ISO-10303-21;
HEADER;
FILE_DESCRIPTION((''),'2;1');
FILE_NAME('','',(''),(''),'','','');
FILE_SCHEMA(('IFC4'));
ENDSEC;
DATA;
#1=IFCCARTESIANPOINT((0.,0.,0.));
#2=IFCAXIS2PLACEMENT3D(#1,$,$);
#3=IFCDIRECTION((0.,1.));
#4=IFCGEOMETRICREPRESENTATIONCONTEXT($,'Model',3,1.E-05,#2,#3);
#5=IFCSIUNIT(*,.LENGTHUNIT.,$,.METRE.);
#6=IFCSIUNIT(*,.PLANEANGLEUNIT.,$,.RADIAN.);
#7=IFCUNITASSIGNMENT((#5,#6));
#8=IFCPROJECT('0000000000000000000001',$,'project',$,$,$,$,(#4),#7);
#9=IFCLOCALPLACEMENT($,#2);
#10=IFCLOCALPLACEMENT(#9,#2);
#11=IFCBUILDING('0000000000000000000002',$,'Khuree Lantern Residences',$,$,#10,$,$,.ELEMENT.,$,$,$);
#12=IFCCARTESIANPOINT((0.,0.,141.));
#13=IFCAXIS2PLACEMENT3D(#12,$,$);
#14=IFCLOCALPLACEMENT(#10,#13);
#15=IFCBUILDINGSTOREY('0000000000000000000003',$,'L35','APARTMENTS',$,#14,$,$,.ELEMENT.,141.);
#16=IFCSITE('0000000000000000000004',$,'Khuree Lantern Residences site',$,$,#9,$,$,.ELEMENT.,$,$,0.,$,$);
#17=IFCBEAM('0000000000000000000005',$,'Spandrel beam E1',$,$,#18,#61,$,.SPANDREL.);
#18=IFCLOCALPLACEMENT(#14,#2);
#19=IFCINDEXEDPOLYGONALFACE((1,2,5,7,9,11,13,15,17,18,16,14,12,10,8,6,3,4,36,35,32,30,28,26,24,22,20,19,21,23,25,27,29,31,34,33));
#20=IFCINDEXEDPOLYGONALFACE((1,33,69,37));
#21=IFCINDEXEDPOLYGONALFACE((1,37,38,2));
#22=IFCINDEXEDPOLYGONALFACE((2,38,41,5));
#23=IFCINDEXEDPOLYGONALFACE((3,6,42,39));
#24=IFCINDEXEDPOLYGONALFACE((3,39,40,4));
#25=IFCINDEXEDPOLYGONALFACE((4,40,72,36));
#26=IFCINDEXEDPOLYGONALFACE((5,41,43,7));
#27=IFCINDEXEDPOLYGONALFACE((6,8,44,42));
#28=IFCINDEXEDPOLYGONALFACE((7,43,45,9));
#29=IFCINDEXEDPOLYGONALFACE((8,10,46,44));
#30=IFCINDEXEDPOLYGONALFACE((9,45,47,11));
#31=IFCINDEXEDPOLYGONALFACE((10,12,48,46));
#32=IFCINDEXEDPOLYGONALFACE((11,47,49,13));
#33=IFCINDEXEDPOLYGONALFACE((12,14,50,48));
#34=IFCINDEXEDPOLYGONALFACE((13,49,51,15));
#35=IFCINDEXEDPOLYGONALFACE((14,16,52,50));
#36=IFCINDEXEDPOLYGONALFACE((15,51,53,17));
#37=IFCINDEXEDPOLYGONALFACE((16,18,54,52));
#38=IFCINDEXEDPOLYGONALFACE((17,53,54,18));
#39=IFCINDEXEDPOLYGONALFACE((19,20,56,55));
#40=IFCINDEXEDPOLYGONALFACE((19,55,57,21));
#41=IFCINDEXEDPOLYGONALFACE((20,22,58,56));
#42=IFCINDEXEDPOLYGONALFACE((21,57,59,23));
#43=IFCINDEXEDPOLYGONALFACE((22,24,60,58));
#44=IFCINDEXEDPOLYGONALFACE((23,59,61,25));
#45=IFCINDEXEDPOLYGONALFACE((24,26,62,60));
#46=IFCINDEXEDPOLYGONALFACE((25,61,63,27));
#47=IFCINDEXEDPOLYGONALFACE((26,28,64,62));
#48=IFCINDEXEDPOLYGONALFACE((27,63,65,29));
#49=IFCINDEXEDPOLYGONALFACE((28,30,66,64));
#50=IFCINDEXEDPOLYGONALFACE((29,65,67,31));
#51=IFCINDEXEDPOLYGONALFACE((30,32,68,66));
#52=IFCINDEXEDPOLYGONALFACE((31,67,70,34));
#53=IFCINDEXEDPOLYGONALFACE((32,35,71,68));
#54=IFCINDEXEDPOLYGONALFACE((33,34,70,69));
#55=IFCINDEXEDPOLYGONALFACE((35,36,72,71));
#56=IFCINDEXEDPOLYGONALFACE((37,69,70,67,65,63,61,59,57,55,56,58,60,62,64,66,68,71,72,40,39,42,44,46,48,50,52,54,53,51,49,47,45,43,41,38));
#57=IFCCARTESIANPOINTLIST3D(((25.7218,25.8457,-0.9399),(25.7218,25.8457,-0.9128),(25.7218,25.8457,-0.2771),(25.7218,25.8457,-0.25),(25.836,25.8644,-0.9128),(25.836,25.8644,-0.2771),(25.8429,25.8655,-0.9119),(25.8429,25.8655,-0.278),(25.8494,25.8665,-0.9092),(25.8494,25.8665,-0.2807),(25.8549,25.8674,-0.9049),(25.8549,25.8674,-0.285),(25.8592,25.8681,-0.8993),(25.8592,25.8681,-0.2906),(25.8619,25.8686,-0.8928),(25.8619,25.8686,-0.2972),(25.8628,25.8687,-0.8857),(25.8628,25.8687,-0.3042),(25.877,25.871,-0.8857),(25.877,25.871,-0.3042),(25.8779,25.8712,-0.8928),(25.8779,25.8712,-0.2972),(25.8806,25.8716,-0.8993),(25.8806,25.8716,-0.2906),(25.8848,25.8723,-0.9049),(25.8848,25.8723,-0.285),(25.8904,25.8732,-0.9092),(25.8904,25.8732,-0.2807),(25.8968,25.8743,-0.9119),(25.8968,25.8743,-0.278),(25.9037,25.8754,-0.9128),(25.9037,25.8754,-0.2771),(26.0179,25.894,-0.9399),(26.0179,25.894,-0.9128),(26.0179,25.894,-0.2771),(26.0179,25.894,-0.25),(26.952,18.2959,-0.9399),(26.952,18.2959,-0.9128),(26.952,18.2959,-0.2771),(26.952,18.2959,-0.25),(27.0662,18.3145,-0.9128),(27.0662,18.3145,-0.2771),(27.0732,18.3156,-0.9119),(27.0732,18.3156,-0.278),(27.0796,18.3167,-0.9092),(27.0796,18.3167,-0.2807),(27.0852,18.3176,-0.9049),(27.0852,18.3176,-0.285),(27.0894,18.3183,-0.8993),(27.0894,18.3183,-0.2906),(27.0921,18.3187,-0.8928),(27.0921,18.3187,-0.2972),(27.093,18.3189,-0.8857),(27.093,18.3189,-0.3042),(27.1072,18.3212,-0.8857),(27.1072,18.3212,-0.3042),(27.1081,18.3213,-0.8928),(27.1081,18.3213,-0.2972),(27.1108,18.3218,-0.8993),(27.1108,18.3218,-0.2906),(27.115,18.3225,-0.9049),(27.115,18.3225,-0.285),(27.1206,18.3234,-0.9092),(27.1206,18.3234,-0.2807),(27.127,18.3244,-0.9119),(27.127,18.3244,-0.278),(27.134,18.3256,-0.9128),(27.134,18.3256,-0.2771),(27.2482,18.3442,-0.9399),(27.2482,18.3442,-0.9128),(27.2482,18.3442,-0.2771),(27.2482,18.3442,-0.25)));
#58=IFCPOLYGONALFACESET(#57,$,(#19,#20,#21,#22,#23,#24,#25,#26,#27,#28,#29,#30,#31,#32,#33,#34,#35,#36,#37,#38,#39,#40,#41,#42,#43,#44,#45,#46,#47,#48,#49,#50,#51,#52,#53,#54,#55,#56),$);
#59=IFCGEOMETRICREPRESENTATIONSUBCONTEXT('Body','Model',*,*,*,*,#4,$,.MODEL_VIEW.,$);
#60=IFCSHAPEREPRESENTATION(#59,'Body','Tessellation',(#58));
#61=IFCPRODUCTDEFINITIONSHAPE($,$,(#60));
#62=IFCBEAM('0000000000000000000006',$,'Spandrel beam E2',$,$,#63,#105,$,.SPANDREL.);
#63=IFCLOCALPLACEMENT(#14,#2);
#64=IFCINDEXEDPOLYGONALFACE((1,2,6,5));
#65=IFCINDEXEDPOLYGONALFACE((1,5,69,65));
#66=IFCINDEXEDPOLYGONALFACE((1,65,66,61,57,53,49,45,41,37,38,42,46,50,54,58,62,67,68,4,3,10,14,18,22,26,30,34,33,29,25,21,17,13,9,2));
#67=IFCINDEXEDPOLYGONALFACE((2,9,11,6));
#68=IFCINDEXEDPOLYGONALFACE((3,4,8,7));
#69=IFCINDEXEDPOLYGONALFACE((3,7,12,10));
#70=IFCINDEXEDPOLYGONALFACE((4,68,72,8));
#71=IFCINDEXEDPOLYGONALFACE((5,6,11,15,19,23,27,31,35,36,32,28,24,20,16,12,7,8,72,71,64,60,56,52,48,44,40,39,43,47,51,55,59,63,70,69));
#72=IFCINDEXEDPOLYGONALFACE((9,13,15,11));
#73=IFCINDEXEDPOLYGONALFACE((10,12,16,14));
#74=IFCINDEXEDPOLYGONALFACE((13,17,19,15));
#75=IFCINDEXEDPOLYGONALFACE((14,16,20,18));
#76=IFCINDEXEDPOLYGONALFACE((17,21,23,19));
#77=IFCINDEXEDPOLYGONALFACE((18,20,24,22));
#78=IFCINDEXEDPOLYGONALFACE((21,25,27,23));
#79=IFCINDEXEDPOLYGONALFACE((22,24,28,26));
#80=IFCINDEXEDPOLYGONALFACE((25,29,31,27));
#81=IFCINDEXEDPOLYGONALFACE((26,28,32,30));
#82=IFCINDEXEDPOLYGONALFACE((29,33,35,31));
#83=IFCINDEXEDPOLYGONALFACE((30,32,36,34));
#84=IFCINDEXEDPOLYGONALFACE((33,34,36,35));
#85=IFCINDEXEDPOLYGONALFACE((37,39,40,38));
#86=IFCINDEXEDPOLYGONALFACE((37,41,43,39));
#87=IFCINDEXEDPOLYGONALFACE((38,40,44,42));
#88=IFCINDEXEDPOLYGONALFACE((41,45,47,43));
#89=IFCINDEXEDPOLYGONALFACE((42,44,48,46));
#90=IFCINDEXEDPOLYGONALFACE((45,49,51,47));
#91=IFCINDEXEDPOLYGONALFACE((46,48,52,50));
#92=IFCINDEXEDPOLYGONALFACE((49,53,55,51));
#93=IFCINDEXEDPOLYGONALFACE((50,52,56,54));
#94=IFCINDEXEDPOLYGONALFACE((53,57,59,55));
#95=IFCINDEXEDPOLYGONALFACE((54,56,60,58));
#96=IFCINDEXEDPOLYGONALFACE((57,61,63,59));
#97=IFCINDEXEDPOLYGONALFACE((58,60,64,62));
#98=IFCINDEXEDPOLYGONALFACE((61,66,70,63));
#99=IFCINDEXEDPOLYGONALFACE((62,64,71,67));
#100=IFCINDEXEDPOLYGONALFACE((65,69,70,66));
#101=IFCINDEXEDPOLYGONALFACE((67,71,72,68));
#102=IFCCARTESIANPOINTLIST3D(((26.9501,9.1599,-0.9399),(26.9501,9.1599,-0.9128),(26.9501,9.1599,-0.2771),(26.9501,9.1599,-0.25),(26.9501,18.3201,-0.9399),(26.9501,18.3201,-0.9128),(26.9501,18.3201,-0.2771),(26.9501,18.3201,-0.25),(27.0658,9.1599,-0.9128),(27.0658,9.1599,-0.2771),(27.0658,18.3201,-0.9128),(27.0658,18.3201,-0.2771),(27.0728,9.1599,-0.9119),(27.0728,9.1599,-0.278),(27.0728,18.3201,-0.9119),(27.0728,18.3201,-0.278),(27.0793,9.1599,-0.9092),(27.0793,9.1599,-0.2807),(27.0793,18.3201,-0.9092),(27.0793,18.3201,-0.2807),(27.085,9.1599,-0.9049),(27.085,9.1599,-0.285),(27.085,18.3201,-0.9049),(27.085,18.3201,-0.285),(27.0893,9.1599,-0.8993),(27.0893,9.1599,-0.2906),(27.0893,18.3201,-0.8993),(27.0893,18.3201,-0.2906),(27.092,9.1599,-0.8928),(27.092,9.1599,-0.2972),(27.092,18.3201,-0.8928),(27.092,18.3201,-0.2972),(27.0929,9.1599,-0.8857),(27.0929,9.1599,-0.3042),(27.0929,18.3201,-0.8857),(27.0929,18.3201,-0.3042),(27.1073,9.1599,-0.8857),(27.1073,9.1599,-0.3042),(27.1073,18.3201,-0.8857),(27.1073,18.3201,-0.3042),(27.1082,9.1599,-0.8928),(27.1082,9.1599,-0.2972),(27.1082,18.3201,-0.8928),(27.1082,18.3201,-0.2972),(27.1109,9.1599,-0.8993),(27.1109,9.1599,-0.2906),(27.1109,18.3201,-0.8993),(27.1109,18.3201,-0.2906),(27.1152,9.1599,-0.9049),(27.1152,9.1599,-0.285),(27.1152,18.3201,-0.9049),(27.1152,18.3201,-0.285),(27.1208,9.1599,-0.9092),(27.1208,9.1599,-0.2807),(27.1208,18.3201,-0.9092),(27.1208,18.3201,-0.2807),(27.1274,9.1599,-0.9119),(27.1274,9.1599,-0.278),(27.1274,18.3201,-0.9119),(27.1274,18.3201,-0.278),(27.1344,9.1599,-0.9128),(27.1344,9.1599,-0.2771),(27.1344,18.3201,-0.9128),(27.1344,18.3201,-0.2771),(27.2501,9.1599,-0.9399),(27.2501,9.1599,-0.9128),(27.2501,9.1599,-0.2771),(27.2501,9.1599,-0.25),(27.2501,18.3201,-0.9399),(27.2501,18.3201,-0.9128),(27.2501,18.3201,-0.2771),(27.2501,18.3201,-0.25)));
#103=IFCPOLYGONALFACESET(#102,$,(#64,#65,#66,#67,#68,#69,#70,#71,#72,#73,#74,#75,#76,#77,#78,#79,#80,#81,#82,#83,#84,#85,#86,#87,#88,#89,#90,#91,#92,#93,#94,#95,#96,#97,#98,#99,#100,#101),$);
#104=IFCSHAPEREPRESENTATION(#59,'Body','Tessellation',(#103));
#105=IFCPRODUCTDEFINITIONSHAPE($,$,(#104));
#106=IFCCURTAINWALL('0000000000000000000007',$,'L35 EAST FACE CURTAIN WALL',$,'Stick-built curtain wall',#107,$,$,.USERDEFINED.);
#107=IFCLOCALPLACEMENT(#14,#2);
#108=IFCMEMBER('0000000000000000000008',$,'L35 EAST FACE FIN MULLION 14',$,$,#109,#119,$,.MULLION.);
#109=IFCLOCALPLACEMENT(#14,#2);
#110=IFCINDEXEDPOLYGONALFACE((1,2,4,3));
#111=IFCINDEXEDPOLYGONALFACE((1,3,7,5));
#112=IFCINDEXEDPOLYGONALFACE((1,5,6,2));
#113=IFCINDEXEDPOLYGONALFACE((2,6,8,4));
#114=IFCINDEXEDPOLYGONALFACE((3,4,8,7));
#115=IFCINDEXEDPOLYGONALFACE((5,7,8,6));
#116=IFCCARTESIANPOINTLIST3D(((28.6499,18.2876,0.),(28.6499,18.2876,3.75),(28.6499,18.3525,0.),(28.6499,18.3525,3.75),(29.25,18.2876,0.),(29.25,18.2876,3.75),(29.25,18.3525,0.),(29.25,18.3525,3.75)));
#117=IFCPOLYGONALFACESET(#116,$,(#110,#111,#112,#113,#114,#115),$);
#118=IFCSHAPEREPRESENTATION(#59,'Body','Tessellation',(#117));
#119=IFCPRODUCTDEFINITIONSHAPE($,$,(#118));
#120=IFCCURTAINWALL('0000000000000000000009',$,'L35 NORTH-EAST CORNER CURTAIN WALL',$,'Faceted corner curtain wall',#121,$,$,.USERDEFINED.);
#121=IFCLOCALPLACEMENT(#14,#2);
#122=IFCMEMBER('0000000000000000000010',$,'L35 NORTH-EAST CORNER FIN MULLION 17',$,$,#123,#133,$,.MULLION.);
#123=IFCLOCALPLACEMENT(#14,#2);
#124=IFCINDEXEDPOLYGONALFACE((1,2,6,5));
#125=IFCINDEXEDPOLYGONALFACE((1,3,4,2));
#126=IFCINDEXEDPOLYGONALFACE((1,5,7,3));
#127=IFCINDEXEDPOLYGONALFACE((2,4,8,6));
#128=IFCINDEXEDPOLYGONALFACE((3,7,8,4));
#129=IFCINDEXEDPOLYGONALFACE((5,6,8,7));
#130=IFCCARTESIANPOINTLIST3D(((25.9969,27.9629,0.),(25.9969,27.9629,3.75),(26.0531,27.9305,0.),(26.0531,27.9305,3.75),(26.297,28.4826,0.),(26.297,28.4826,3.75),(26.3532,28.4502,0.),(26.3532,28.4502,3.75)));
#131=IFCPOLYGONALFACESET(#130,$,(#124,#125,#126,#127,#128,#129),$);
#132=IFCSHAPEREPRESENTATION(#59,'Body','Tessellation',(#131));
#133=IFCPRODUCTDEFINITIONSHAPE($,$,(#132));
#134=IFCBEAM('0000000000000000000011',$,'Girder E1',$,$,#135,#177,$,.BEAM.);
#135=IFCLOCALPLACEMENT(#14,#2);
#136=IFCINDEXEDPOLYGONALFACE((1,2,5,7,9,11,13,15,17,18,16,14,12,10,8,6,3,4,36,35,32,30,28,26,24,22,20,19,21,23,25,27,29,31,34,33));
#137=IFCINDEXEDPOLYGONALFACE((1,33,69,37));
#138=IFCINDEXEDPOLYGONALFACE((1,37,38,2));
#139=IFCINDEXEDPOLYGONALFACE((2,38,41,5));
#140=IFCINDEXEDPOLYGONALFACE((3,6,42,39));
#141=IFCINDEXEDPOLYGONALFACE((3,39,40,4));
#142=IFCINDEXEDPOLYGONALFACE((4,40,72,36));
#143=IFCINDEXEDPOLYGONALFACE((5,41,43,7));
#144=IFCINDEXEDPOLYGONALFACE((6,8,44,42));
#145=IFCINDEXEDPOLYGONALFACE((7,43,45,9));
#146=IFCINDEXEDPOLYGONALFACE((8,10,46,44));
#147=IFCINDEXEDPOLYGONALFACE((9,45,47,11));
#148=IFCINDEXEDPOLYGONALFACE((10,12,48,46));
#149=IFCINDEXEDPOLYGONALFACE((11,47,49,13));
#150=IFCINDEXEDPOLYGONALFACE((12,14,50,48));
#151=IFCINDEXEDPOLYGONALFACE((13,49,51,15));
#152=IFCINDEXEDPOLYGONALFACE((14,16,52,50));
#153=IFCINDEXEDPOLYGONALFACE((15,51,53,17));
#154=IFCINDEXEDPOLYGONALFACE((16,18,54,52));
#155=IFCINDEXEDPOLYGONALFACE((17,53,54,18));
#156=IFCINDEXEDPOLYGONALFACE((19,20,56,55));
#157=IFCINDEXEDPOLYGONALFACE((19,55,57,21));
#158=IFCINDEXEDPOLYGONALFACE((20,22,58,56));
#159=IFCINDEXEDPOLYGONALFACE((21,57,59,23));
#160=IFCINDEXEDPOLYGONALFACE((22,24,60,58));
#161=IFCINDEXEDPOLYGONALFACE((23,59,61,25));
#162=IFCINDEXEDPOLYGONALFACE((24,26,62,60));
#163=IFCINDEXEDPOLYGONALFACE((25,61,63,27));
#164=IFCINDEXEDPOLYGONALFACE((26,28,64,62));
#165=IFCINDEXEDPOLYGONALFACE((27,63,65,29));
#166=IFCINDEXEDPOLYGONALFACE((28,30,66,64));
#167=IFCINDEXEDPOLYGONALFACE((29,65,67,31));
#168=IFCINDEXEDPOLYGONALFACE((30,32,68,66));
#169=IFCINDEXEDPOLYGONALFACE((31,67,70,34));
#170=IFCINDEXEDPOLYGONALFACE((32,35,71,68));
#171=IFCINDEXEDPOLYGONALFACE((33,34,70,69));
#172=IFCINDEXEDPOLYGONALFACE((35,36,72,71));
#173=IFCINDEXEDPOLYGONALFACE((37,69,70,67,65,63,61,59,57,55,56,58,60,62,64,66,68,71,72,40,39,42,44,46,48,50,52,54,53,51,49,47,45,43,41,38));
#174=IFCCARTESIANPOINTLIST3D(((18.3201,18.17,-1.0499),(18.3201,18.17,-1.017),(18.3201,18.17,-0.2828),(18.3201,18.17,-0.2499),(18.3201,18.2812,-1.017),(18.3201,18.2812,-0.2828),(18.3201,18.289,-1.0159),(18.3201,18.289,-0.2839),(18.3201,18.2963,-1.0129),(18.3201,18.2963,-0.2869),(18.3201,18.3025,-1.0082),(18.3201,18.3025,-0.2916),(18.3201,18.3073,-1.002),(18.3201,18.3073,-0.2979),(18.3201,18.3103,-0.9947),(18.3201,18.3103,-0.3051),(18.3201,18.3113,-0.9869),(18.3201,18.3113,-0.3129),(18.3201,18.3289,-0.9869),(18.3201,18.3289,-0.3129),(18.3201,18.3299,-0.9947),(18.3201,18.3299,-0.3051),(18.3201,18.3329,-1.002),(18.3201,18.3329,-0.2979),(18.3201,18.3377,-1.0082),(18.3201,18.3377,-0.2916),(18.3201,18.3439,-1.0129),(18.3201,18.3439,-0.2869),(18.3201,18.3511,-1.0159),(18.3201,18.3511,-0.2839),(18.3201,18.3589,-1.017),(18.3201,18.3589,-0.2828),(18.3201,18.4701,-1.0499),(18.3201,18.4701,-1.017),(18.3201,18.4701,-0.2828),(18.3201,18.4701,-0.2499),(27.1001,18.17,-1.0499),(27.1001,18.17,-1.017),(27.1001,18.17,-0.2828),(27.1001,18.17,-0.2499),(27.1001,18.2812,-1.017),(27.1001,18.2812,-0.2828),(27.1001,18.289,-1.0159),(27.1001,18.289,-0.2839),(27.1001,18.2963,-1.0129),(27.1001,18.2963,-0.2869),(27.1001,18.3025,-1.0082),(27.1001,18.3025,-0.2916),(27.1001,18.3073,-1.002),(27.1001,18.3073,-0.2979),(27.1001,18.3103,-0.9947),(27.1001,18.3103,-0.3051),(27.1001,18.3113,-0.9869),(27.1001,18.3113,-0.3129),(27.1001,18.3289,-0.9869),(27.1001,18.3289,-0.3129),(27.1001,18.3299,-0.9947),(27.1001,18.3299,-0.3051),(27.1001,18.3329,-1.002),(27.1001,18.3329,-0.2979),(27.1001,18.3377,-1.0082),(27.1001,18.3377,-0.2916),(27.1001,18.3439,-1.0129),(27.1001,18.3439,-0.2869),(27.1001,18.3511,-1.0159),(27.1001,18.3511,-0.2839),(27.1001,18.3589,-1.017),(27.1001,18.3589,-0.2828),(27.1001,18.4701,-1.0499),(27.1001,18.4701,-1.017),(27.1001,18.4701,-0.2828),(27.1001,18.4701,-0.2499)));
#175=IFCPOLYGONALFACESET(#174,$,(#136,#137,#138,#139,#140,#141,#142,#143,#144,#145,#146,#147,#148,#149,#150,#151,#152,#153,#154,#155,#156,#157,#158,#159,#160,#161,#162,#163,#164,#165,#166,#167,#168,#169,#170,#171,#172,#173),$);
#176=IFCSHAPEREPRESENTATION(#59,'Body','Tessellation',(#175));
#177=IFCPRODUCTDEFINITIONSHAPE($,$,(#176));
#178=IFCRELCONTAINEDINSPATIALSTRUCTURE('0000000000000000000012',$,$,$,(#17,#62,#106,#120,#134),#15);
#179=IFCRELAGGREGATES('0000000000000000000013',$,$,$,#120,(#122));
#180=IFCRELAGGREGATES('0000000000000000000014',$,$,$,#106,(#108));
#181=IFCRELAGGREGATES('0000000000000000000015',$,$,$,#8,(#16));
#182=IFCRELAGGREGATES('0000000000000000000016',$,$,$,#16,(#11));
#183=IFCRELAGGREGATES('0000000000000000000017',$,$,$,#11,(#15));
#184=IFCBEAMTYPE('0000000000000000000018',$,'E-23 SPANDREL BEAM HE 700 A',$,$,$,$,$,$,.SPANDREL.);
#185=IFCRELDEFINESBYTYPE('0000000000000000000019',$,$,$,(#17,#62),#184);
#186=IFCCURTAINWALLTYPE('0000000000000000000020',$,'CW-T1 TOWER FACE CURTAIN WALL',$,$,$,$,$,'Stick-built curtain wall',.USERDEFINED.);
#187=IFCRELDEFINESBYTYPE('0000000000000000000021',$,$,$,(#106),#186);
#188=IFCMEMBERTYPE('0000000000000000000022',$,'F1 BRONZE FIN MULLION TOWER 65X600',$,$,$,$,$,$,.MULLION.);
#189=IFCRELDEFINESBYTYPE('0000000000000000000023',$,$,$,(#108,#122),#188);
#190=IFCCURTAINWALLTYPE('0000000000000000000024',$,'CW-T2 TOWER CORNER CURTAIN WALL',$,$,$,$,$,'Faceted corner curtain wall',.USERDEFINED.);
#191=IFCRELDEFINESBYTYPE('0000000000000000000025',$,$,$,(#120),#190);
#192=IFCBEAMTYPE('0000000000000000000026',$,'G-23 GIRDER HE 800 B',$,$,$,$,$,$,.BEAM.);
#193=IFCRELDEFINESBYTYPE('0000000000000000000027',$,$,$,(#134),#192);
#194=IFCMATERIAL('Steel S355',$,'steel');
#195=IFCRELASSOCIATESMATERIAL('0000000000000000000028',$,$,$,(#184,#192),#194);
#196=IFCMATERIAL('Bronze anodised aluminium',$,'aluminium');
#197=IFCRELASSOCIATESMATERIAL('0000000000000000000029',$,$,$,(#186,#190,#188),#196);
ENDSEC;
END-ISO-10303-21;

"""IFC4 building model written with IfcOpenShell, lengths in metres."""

from ifc_helpers import new_model, si_unit, direction, frame, origin, origin_2d, place, context, subcontext, project, spatial, rectangle, i_section, extrude, material, material_profile, profile_set, type_object, element, aggregate, save


model = new_model("IFC4")

# Units and contexts
model_context = context("Model", 3, precision=1e-05, world=origin(), true_north=direction((0.0, 1.0)))
body_context = subcontext(model_context, "Body", "Model", "MODEL_VIEW")
ifc_project = project(units=[si_unit("LENGTHUNIT", "METRE"), si_unit("PLANEANGLEUNIT", "RADIAN")], contexts=[model_context])

# Site, building, storey
site_placement = place(None, origin())
site = spatial("IfcSite", under=ifc_project, at=site_placement, Name="Khuree Lantern Residences site", CompositionType="ELEMENT", RefElevation=0.0)
building_placement = place(site_placement, origin())
building = spatial("IfcBuilding", under=site, at=building_placement, Name="Khuree Lantern Residences", CompositionType="ELEMENT")
storey_placement = place(building_placement, frame((0.0, 0.0, 141.0)))
storey = spatial("IfcBuildingStorey", under=building, at=storey_placement, Name="L35", Description="APARTMENTS", CompositionType="ELEMENT", Elevation=141.0)

# Beams
ifc_material_1 = material(Name="Steel S355", Category="steel")
ifc_material_profile_1 = material_profile(ifc_material_1, i_section(OverallWidth=0.3, OverallDepth=0.6899, WebThickness=0.0144, FlangeThickness=0.0271, FilletRadius=0.0271, at=origin_2d()), Name="HE 700 A")
ifc_profile_set_1 = profile_set([ifc_material_profile_1], Name="Steel S355")
beam_type_1 = type_object("IfcBeamType", Name="E-23 SPANDREL BEAM HE 700 A", PredefinedType="SPANDREL", material=ifc_profile_set_1)
for number, where, z_axis, x_axis, name in (
    (1, (25.8699, 25.8699, -0.595), (0.160827, -0.986983, 0.0), (0.986983, 0.160827, 0.0), "Spandrel beam E1"),
):
    element("IfcBeam", number, at=place(storey_placement, frame(where, z_axis=z_axis, x_axis=x_axis)), inside=storey, type_object=beam_type_1, Name=name, PredefinedType="SPANDREL", context=body_context, shape_type="SweptSolid", body=[
        extrude(i_section(OverallWidth=0.3, OverallDepth=0.6899, WebThickness=0.0144, FlangeThickness=0.0271, FilletRadius=0.0271, at=origin_2d()), origin(), (0.0, 0.0, 1.0), 7.6494),
    ])
beam_1_placement = place(storey_placement, frame((27.1001, 18.3201, -0.595), z_axis=(0.0, -1.0, 0.0), x_axis=(1.0, 0.0, 0.0)))
element("IfcBeam", 2, at=beam_1_placement, inside=storey, type_object=beam_type_1, Name="Spandrel beam E2", PredefinedType="SPANDREL", context=body_context, shape_type="SweptSolid", body=[
    extrude(i_section(OverallWidth=0.3, OverallDepth=0.6899, WebThickness=0.0144, FlangeThickness=0.0271, FilletRadius=0.0271, at=origin_2d()), origin(), (0.0, 0.0, 1.0), 9.1602),
])

# Curtain walls, members
ifc_material_2 = material(Name="Bronze anodised aluminium", Category="aluminium")
curtain_wall_type_1 = type_object("IfcCurtainWallType", Name="CW-T1 TOWER FACE CURTAIN WALL", ElementType="Stick-built curtain wall", PredefinedType="USERDEFINED", material=ifc_material_2)
curtain_wall_1_placement = place(storey_placement, origin())
curtain_wall_1 = element("IfcCurtainWall", 3, at=curtain_wall_1_placement, inside=storey, type_object=curtain_wall_type_1, Name="L35 EAST FACE CURTAIN WALL", ObjectType="Stick-built curtain wall", PredefinedType="USERDEFINED")
ifc_material_profile_2 = material_profile(ifc_material_2, rectangle(XDim=0.0649, YDim=0.6001, at=origin_2d()), Name="F1 65X600")
ifc_profile_set_2 = profile_set([ifc_material_profile_2], Name="Bronze anodised aluminium")
member_type_1 = type_object("IfcMemberType", Name="F1 BRONZE FIN MULLION TOWER 65X600", PredefinedType="MULLION", material=ifc_profile_set_2)
member_1_placement = place(storey_placement, frame((28.95, 18.3201, 0.0), z_axis=(0.0, 0.0, 1.0), x_axis=(0.0, 1.0, 0.0)))
member_1 = element("IfcMember", 4, at=member_1_placement, type_object=member_type_1, Name="L35 EAST FACE FIN MULLION 14", PredefinedType="MULLION", context=body_context, shape_type="SweptSolid", body=[
    extrude(rectangle(XDim=0.0649, YDim=0.6001, at=origin_2d()), origin(), (0.0, 0.0, 1.0), 3.75),
])
curtain_wall_type_2 = type_object("IfcCurtainWallType", Name="CW-T2 TOWER CORNER CURTAIN WALL", ElementType="Faceted corner curtain wall", PredefinedType="USERDEFINED", material=ifc_material_2)
curtain_wall_2_placement = place(storey_placement, origin())
curtain_wall_2 = element("IfcCurtainWall", 5, at=curtain_wall_2_placement, inside=storey, type_object=curtain_wall_type_2, Name="L35 NORTH-EAST CORNER CURTAIN WALL", ObjectType="Faceted corner curtain wall", PredefinedType="USERDEFINED")
member_2_placement = place(storey_placement, frame((26.175, 28.2065, 0.0), z_axis=(0.0, 0.0, 1.0), x_axis=(-0.866025, 0.5, 0.0)))
member_2 = element("IfcMember", 6, at=member_2_placement, type_object=member_type_1, Name="L35 NORTH-EAST CORNER FIN MULLION 17", PredefinedType="MULLION", context=body_context, shape_type="SweptSolid", body=[
    extrude(rectangle(XDim=0.0649, YDim=0.6001, at=origin_2d()), origin(), (0.0, 0.0, 1.0), 3.75),
])

# Beam
ifc_material_profile_3 = material_profile(ifc_material_1, i_section(OverallWidth=0.3, OverallDepth=0.8, WebThickness=0.0176, FlangeThickness=0.033, FilletRadius=0.03, at=origin_2d()), Name="HE 800 B")
ifc_profile_set_3 = profile_set([ifc_material_profile_3], Name="Steel S355")
beam_type_2 = type_object("IfcBeamType", Name="G-23 GIRDER HE 800 B", PredefinedType="BEAM", material=ifc_profile_set_3)
beam_2_placement = place(storey_placement, frame((27.1001, 18.3201, -0.6499), z_axis=(-1.0, 0.0, 0.0), x_axis=(0.0, -1.0, 0.0)))
element("IfcBeam", 7, at=beam_2_placement, inside=storey, type_object=beam_type_2, Name="Girder E1", PredefinedType="BEAM", context=body_context, shape_type="SweptSolid", body=[
    extrude(i_section(OverallWidth=0.3, OverallDepth=0.8, WebThickness=0.0176, FlangeThickness=0.033, FilletRadius=0.03, at=origin_2d()), origin(), (0.0, 0.0, 1.0), 8.78),
])

aggregate(curtain_wall_2, [member_2])
aggregate(curtain_wall_1, [member_1])

save(model, "model.ifc")
